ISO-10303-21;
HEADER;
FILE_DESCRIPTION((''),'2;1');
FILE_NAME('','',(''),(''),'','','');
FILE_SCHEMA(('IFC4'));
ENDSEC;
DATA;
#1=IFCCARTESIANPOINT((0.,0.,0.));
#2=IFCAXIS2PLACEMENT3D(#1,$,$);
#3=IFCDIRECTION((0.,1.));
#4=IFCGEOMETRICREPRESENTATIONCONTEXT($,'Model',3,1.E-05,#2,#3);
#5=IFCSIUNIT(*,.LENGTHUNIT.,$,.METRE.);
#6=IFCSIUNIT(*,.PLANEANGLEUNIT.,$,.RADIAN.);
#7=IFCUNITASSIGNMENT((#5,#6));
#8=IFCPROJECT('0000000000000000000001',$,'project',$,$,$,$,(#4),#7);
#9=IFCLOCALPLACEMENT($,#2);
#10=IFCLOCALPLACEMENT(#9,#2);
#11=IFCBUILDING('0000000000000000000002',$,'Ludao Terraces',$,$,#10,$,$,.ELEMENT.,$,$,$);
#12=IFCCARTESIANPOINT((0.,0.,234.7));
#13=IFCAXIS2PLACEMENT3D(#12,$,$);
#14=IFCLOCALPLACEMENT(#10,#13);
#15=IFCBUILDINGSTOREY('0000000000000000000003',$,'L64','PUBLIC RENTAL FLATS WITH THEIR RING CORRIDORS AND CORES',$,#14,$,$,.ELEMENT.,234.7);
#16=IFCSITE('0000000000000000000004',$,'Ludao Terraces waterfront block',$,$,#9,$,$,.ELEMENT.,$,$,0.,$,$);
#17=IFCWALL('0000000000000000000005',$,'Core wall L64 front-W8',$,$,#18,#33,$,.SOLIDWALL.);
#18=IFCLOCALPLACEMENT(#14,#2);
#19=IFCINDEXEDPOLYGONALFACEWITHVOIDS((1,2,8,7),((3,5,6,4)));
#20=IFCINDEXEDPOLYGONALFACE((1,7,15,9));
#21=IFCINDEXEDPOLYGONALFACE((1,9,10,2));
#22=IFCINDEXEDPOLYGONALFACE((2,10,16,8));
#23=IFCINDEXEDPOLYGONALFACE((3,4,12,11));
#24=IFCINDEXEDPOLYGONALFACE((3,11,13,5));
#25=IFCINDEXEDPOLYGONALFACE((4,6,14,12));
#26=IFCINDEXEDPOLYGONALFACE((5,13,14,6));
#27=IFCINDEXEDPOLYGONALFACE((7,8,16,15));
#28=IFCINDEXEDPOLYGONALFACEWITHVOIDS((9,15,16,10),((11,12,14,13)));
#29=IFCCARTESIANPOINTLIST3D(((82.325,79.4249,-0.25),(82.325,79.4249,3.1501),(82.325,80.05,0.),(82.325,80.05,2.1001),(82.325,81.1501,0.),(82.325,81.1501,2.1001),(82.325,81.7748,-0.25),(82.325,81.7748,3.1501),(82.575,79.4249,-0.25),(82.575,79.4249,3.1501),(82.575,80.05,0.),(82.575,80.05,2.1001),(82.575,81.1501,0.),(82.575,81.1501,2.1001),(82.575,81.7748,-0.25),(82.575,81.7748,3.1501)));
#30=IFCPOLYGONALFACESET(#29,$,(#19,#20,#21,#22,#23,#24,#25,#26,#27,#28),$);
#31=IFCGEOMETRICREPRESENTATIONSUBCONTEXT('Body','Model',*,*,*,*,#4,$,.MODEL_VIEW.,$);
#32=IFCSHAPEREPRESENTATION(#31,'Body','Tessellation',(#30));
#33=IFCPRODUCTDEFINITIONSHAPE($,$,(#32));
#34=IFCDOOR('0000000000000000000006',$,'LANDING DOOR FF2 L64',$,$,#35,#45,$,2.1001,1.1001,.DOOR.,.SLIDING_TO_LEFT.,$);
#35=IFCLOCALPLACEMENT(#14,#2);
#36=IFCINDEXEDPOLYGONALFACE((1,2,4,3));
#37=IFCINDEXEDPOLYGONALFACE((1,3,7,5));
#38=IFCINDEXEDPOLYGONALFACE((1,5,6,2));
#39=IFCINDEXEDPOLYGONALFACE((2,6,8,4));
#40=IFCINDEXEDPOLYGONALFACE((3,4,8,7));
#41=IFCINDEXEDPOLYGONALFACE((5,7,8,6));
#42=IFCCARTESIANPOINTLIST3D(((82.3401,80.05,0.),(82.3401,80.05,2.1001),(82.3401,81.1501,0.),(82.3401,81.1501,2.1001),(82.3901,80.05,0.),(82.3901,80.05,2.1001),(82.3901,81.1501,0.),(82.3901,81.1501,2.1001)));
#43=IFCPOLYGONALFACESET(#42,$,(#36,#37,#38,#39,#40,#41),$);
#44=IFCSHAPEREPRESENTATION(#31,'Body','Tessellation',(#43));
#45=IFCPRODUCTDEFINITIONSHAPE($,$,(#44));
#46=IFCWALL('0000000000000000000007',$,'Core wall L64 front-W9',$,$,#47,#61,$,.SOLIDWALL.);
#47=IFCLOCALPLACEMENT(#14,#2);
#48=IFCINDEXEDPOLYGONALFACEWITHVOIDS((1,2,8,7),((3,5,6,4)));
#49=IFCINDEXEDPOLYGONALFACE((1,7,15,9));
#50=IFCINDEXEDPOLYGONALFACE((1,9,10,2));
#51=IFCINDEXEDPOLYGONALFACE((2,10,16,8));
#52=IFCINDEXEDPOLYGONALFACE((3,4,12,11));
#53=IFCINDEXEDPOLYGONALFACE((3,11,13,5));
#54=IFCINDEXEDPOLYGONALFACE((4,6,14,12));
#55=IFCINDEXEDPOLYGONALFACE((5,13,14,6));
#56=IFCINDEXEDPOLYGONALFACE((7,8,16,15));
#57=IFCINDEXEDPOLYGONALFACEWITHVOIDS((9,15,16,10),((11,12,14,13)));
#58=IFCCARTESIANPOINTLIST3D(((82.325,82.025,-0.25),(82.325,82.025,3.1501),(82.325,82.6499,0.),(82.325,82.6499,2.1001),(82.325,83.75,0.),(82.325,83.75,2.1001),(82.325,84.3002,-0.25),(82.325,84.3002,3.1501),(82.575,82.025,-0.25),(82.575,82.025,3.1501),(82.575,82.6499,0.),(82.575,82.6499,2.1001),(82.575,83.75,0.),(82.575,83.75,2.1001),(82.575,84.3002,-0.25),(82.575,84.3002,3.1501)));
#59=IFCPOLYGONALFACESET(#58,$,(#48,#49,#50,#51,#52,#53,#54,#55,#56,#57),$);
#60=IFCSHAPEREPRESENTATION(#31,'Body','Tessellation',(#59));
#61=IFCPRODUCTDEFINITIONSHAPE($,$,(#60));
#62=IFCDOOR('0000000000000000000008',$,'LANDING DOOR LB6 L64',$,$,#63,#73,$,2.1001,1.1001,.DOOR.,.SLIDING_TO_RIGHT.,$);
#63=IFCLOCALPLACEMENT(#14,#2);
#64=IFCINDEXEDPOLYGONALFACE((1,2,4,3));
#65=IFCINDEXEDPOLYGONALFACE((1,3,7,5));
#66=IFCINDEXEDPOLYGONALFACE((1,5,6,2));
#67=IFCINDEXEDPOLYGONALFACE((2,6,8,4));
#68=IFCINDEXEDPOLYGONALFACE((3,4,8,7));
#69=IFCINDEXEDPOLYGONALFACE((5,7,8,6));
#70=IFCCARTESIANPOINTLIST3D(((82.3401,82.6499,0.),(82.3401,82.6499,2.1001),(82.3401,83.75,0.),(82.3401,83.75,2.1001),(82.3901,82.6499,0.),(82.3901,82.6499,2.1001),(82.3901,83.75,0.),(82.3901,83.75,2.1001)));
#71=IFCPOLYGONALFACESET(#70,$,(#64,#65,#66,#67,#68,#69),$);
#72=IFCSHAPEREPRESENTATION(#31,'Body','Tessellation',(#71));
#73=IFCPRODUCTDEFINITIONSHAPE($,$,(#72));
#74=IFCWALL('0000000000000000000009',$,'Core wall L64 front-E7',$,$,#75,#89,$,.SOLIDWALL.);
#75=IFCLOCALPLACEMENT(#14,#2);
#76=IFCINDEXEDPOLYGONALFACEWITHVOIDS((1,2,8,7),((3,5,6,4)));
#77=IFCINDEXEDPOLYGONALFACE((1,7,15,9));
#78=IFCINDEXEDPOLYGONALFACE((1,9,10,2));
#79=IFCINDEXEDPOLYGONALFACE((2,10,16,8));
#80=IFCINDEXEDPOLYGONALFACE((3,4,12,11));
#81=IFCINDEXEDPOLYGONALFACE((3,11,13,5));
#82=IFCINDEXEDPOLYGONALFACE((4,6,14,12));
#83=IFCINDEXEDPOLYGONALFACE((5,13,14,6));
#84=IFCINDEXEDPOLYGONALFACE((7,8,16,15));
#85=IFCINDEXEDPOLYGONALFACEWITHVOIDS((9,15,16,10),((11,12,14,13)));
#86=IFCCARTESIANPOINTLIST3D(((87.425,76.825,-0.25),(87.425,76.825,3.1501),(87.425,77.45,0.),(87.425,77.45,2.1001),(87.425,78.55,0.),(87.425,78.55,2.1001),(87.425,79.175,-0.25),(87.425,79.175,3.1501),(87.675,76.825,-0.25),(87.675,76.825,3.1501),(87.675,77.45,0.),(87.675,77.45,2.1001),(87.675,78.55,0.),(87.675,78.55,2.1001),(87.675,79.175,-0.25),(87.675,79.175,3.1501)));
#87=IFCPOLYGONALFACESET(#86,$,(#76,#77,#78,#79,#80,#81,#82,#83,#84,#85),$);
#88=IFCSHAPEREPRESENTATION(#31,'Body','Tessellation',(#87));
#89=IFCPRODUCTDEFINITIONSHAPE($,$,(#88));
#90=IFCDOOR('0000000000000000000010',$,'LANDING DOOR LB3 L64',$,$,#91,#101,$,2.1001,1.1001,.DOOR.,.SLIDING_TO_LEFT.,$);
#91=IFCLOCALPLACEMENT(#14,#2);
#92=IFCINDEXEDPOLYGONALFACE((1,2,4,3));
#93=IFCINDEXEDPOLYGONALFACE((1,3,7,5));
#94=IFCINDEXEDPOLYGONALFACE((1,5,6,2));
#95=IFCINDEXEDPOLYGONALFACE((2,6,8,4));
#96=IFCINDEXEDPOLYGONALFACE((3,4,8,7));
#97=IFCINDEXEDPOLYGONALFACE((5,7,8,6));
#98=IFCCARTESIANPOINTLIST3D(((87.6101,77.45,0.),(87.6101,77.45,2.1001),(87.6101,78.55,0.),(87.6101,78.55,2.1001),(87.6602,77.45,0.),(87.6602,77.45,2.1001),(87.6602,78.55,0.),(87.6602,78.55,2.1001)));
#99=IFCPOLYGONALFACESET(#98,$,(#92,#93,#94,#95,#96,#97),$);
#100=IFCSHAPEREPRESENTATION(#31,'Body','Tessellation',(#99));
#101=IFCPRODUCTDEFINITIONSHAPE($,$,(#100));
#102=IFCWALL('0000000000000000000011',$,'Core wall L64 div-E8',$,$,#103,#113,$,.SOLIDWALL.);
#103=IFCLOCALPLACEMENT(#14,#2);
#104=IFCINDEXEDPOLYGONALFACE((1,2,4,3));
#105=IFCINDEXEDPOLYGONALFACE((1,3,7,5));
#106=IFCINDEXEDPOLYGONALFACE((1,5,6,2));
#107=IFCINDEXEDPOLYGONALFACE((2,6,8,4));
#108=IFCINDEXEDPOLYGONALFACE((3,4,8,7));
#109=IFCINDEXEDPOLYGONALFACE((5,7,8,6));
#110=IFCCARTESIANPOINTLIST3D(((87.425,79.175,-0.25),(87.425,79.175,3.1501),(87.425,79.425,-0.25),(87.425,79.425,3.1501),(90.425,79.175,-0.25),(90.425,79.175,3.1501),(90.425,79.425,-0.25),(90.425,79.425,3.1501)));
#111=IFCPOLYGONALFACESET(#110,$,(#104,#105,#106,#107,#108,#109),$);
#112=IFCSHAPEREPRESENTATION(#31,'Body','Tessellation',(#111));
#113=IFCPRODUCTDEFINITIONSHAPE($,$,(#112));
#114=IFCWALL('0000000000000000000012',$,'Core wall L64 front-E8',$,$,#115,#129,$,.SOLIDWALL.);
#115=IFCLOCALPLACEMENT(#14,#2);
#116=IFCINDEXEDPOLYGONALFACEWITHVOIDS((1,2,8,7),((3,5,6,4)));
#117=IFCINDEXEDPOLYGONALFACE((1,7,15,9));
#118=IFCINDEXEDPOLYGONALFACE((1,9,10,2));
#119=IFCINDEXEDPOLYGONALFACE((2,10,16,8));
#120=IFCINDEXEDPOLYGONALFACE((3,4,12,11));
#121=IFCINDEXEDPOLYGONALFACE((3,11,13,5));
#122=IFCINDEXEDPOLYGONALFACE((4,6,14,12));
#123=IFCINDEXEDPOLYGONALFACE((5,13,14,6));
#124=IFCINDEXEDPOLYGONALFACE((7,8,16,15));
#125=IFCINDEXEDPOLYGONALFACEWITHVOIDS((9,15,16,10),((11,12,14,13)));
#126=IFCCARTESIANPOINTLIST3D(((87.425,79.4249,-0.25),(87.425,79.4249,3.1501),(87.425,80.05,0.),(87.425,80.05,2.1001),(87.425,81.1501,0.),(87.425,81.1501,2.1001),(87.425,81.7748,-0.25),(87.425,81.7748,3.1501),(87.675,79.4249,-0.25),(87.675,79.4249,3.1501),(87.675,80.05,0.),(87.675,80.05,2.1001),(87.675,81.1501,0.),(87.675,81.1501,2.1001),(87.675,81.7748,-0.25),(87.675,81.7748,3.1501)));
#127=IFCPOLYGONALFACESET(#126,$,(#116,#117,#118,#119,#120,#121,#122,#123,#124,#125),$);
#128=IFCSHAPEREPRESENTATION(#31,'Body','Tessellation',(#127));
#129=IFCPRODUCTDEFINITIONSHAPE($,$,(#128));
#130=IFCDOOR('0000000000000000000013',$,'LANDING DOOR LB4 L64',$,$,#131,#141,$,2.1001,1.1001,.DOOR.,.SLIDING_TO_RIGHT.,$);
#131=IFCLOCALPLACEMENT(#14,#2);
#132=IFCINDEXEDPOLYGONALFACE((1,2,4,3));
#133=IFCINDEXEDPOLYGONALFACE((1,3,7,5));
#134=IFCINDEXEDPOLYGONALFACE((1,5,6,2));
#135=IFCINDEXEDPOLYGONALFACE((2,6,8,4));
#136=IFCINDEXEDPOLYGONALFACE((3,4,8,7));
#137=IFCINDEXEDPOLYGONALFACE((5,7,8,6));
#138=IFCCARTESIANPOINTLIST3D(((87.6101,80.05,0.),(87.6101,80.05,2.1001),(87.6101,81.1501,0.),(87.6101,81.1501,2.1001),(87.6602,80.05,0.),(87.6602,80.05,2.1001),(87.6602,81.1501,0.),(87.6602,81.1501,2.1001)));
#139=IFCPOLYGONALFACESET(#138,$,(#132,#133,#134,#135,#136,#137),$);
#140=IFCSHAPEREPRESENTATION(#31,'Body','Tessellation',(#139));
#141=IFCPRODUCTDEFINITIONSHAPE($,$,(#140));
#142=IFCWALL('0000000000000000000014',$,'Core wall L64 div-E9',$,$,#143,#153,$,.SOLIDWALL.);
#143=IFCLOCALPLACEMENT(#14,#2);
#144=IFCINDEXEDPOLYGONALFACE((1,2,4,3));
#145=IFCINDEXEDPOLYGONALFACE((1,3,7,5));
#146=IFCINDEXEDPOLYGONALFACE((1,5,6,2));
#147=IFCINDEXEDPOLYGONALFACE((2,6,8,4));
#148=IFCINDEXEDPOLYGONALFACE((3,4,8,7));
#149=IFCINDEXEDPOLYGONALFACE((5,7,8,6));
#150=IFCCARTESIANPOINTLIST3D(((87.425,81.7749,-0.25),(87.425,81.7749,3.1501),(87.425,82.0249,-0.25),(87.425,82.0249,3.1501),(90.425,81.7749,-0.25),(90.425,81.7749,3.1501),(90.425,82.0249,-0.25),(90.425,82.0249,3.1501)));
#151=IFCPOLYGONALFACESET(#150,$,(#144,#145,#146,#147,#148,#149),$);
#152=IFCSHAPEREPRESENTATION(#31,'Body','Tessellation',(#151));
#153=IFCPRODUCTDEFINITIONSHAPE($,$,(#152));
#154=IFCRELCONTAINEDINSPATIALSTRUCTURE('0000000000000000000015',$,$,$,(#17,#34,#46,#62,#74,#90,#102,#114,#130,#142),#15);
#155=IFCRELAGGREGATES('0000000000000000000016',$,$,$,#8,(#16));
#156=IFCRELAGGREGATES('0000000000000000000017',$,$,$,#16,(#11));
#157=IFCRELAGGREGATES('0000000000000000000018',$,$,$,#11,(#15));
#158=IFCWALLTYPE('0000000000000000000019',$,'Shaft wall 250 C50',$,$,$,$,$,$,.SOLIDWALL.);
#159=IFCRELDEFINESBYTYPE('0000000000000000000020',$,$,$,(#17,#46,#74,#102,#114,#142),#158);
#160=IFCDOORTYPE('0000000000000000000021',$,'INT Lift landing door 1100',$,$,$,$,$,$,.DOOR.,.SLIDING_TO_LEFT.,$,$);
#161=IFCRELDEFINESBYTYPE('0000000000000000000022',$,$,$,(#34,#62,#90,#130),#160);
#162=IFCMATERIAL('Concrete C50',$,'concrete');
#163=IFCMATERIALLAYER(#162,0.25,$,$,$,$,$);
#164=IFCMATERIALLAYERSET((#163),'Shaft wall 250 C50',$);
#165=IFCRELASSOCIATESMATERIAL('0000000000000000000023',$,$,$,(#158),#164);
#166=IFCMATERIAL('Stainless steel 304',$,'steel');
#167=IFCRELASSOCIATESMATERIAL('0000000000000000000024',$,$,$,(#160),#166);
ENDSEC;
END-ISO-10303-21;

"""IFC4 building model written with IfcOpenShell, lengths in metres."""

from ifc_helpers import new_model, si_unit, direction, frame, frame_2d, origin, place, context, subcontext, project, spatial, rectangle, extrude, material, layer, layer_set, type_object, element, fill, save


model = new_model("IFC4")

# Units and contexts
model_context = context("Model", 3, precision=1e-05, world=origin(), true_north=direction((0.0, 1.0)))
body_context = subcontext(model_context, "Body", "Model", "MODEL_VIEW")
ifc_project = project(units=[si_unit("LENGTHUNIT", "METRE"), si_unit("PLANEANGLEUNIT", "RADIAN")], contexts=[model_context])

# Site, building, storey
site_placement = place(None, origin())
site = spatial("IfcSite", under=ifc_project, at=site_placement, Name="Ludao Terraces waterfront block", CompositionType="ELEMENT", RefElevation=0.0)
building_placement = place(site_placement, origin())
building = spatial("IfcBuilding", under=site, at=building_placement, Name="Ludao Terraces", CompositionType="ELEMENT")
storey_placement = place(building_placement, frame((0.0, 0.0, 234.7)))
storey = spatial("IfcBuildingStorey", under=building, at=storey_placement, Name="L64", Description="PUBLIC RENTAL FLATS WITH THEIR RING CORRIDORS AND CORES", CompositionType="ELEMENT", Elevation=234.7)

# Shared definitions
ifc_material_1 = material(Name="Concrete C50", Category="concrete")

# Shared definitions
ifc_layer_1 = layer(ifc_material_1, 0.25)
ifc_layer_set_1 = layer_set([ifc_layer_1], Name="Shaft wall 250 C50")
wall_type_1 = type_object("IfcWallType", Name="Shaft wall 250 C50", PredefinedType="SOLIDWALL", material=ifc_layer_set_1)

# Walls, openings, doors
wall_1_placement = place(storey_placement, frame((82.45, 79.425, -0.25), z_axis=(0.0, 0.0, 1.0), x_axis=(0.0, 1.0, 0.0)))
wall_1 = element("IfcWall", 1, at=wall_1_placement, inside=storey, type_object=wall_type_1, Name="Core wall L64 front-W8", PredefinedType="SOLIDWALL", context=body_context, shape_type="SweptSolid", body=[
    extrude(rectangle(XDim=2.3499, YDim=0.25, at=frame_2d((1.1748, 0.0))), origin(), (0.0, 0.0, 1.0), 3.4001),
])
opening_1_placement = place(wall_1_placement, frame((0.625, 0.0, 0.25)))
opening_1 = element("IfcOpeningElement", 2, at=opening_1_placement, cuts=wall_1, PredefinedType="OPENING", context=body_context, shape_type="SweptSolid", body=[
    extrude(rectangle(XDim=1.1001, YDim=2.1001, at=frame_2d((0.55, 1.05))), frame((0.0, 0.135, 0.0), z_axis=(0.0, -1.0, 0.0), x_axis=(1.0, 0.0, 0.0)), (0.0, 0.0, 1.0), 0.27),
])
ifc_material_2 = material(Name="Stainless steel 304", Category="steel")
door_type_1 = type_object("IfcDoorType", Name="INT Lift landing door 1100", OperationType="SLIDING_TO_LEFT", PredefinedType="DOOR", material=ifc_material_2)
door_1_placement = place(opening_1_placement, origin())
door_1 = element("IfcDoor", 3, at=door_1_placement, inside=storey, type_object=door_type_1, Name="LANDING DOOR FF2 L64", OperationType="SLIDING_TO_LEFT", OverallHeight=2.1001, OverallWidth=1.1001, PredefinedType="DOOR", context=body_context, shape_type="SweptSolid", body=[
    extrude(rectangle(XDim=1.1001, YDim=2.1001, at=frame_2d((0.55, 1.05))), frame((0.0, 0.1099, 0.0), z_axis=(0.0, -1.0, 0.0), x_axis=(1.0, 0.0, 0.0)), (0.0, 0.0, 1.0), 0.05),
])
fill(opening_1, door_1)
wall_2_placement = place(storey_placement, frame((82.45, 82.0249, -0.25), z_axis=(0.0, 0.0, 1.0), x_axis=(0.0, 1.0, 0.0)))
wall_2 = element("IfcWall", 4, at=wall_2_placement, inside=storey, type_object=wall_type_1, Name="Core wall L64 front-W9", PredefinedType="SOLIDWALL", context=body_context, shape_type="SweptSolid", body=[
    extrude(rectangle(XDim=2.2751, YDim=0.25, at=frame_2d((1.1377, 0.0))), origin(), (0.0, 0.0, 1.0), 3.4001),
])
opening_2_placement = place(wall_2_placement, frame((0.625, 0.0, 0.25)))
opening_2 = element("IfcOpeningElement", 5, at=opening_2_placement, cuts=wall_2, PredefinedType="OPENING", context=body_context, shape_type="SweptSolid", body=[
    extrude(rectangle(XDim=1.1001, YDim=2.1001, at=frame_2d((0.55, 1.05))), frame((0.0, 0.135, 0.0), z_axis=(0.0, -1.0, 0.0), x_axis=(1.0, 0.0, 0.0)), (0.0, 0.0, 1.0), 0.27),
])
door_2_placement = place(opening_2_placement, origin())
door_2 = element("IfcDoor", 6, at=door_2_placement, inside=storey, type_object=door_type_1, Name="LANDING DOOR LB6 L64", OperationType="SLIDING_TO_RIGHT", OverallHeight=2.1001, OverallWidth=1.1001, PredefinedType="DOOR", context=body_context, shape_type="SweptSolid", body=[
    extrude(rectangle(XDim=1.1001, YDim=2.1001, at=frame_2d((0.55, 1.05))), frame((0.0, 0.1099, 0.0), z_axis=(0.0, -1.0, 0.0), x_axis=(1.0, 0.0, 0.0)), (0.0, 0.0, 1.0), 0.05),
])
fill(opening_2, door_2)
wall_3_placement = place(storey_placement, frame((87.55, 76.825, -0.25), z_axis=(0.0, 0.0, 1.0), x_axis=(0.0, 1.0, 0.0)))
wall_3 = element("IfcWall", 7, at=wall_3_placement, inside=storey, type_object=wall_type_1, Name="Core wall L64 front-E7", PredefinedType="SOLIDWALL", context=body_context, shape_type="SweptSolid", body=[
    extrude(rectangle(XDim=2.3501, YDim=0.25, at=frame_2d((1.175, 0.0))), origin(), (0.0, 0.0, 1.0), 3.4001),
])
opening_3_placement = place(wall_3_placement, frame((0.625, 0.0, 0.25)))
opening_3 = element("IfcOpeningElement", 8, at=opening_3_placement, cuts=wall_3, PredefinedType="OPENING", context=body_context, shape_type="SweptSolid", body=[
    extrude(rectangle(XDim=1.1001, YDim=2.1001, at=frame_2d((0.55, 1.05))), frame((0.0, 0.135, 0.0), z_axis=(0.0, -1.0, 0.0), x_axis=(1.0, 0.0, 0.0)), (0.0, 0.0, 1.0), 0.27),
])
door_3_placement = place(opening_3_placement, origin())
door_3 = element("IfcDoor", 9, at=door_3_placement, inside=storey, type_object=door_type_1, Name="LANDING DOOR LB3 L64", OperationType="SLIDING_TO_LEFT", OverallHeight=2.1001, OverallWidth=1.1001, PredefinedType="DOOR", context=body_context, shape_type="SweptSolid", body=[
    extrude(rectangle(XDim=1.1001, YDim=2.1001, at=frame_2d((0.55, 1.05))), frame((0.0, -0.0601, 0.0), z_axis=(0.0, -1.0, 0.0), x_axis=(1.0, 0.0, 0.0)), (0.0, 0.0, 1.0), 0.05),
])
fill(opening_3, door_3)

# Wall
wall_4_placement = place(storey_placement, frame((87.425, 79.3, -0.25), z_axis=(0.0, 0.0, 1.0), x_axis=(1.0, 0.0, 0.0)))
element("IfcWall", 10, at=wall_4_placement, inside=storey, type_object=wall_type_1, Name="Core wall L64 div-E8", PredefinedType="SOLIDWALL", context=body_context, shape_type="SweptSolid", body=[
    extrude(rectangle(XDim=3.0, YDim=0.25, at=frame_2d((1.5, 0.0))), origin(), (0.0, 0.0, 1.0), 3.4001),
])

# Wall, opening, door
wall_5_placement = place(storey_placement, frame((87.55, 79.425, -0.25), z_axis=(0.0, 0.0, 1.0), x_axis=(0.0, 1.0, 0.0)))
wall_5 = element("IfcWall", 11, at=wall_5_placement, inside=storey, type_object=wall_type_1, Name="Core wall L64 front-E8", PredefinedType="SOLIDWALL", context=body_context, shape_type="SweptSolid", body=[
    extrude(rectangle(XDim=2.3499, YDim=0.25, at=frame_2d((1.1748, 0.0))), origin(), (0.0, 0.0, 1.0), 3.4001),
])
opening_4_placement = place(wall_5_placement, frame((0.625, 0.0, 0.25)))
opening_4 = element("IfcOpeningElement", 12, at=opening_4_placement, cuts=wall_5, PredefinedType="OPENING", context=body_context, shape_type="SweptSolid", body=[
    extrude(rectangle(XDim=1.1001, YDim=2.1001, at=frame_2d((0.55, 1.05))), frame((0.0, 0.135, 0.0), z_axis=(0.0, -1.0, 0.0), x_axis=(1.0, 0.0, 0.0)), (0.0, 0.0, 1.0), 0.27),
])
door_4_placement = place(opening_4_placement, origin())
door_4 = element("IfcDoor", 13, at=door_4_placement, inside=storey, type_object=door_type_1, Name="LANDING DOOR LB4 L64", OperationType="SLIDING_TO_RIGHT", OverallHeight=2.1001, OverallWidth=1.1001, PredefinedType="DOOR", context=body_context, shape_type="SweptSolid", body=[
    extrude(rectangle(XDim=1.1001, YDim=2.1001, at=frame_2d((0.55, 1.05))), frame((0.0, -0.0601, 0.0), z_axis=(0.0, -1.0, 0.0), x_axis=(1.0, 0.0, 0.0)), (0.0, 0.0, 1.0), 0.05),
])
fill(opening_4, door_4)

# Wall
wall_6_placement = place(storey_placement, frame((87.425, 81.8999, -0.25), z_axis=(0.0, 0.0, 1.0), x_axis=(1.0, 0.0, 0.0)))
element("IfcWall", 14, at=wall_6_placement, inside=storey, type_object=wall_type_1, Name="Core wall L64 div-E9", PredefinedType="SOLIDWALL", context=body_context, shape_type="SweptSolid", body=[
    extrude(rectangle(XDim=3.0, YDim=0.25, at=frame_2d((1.5, 0.0))), origin(), (0.0, 0.0, 1.0), 3.4001),
])

save(model, "model.ifc")
